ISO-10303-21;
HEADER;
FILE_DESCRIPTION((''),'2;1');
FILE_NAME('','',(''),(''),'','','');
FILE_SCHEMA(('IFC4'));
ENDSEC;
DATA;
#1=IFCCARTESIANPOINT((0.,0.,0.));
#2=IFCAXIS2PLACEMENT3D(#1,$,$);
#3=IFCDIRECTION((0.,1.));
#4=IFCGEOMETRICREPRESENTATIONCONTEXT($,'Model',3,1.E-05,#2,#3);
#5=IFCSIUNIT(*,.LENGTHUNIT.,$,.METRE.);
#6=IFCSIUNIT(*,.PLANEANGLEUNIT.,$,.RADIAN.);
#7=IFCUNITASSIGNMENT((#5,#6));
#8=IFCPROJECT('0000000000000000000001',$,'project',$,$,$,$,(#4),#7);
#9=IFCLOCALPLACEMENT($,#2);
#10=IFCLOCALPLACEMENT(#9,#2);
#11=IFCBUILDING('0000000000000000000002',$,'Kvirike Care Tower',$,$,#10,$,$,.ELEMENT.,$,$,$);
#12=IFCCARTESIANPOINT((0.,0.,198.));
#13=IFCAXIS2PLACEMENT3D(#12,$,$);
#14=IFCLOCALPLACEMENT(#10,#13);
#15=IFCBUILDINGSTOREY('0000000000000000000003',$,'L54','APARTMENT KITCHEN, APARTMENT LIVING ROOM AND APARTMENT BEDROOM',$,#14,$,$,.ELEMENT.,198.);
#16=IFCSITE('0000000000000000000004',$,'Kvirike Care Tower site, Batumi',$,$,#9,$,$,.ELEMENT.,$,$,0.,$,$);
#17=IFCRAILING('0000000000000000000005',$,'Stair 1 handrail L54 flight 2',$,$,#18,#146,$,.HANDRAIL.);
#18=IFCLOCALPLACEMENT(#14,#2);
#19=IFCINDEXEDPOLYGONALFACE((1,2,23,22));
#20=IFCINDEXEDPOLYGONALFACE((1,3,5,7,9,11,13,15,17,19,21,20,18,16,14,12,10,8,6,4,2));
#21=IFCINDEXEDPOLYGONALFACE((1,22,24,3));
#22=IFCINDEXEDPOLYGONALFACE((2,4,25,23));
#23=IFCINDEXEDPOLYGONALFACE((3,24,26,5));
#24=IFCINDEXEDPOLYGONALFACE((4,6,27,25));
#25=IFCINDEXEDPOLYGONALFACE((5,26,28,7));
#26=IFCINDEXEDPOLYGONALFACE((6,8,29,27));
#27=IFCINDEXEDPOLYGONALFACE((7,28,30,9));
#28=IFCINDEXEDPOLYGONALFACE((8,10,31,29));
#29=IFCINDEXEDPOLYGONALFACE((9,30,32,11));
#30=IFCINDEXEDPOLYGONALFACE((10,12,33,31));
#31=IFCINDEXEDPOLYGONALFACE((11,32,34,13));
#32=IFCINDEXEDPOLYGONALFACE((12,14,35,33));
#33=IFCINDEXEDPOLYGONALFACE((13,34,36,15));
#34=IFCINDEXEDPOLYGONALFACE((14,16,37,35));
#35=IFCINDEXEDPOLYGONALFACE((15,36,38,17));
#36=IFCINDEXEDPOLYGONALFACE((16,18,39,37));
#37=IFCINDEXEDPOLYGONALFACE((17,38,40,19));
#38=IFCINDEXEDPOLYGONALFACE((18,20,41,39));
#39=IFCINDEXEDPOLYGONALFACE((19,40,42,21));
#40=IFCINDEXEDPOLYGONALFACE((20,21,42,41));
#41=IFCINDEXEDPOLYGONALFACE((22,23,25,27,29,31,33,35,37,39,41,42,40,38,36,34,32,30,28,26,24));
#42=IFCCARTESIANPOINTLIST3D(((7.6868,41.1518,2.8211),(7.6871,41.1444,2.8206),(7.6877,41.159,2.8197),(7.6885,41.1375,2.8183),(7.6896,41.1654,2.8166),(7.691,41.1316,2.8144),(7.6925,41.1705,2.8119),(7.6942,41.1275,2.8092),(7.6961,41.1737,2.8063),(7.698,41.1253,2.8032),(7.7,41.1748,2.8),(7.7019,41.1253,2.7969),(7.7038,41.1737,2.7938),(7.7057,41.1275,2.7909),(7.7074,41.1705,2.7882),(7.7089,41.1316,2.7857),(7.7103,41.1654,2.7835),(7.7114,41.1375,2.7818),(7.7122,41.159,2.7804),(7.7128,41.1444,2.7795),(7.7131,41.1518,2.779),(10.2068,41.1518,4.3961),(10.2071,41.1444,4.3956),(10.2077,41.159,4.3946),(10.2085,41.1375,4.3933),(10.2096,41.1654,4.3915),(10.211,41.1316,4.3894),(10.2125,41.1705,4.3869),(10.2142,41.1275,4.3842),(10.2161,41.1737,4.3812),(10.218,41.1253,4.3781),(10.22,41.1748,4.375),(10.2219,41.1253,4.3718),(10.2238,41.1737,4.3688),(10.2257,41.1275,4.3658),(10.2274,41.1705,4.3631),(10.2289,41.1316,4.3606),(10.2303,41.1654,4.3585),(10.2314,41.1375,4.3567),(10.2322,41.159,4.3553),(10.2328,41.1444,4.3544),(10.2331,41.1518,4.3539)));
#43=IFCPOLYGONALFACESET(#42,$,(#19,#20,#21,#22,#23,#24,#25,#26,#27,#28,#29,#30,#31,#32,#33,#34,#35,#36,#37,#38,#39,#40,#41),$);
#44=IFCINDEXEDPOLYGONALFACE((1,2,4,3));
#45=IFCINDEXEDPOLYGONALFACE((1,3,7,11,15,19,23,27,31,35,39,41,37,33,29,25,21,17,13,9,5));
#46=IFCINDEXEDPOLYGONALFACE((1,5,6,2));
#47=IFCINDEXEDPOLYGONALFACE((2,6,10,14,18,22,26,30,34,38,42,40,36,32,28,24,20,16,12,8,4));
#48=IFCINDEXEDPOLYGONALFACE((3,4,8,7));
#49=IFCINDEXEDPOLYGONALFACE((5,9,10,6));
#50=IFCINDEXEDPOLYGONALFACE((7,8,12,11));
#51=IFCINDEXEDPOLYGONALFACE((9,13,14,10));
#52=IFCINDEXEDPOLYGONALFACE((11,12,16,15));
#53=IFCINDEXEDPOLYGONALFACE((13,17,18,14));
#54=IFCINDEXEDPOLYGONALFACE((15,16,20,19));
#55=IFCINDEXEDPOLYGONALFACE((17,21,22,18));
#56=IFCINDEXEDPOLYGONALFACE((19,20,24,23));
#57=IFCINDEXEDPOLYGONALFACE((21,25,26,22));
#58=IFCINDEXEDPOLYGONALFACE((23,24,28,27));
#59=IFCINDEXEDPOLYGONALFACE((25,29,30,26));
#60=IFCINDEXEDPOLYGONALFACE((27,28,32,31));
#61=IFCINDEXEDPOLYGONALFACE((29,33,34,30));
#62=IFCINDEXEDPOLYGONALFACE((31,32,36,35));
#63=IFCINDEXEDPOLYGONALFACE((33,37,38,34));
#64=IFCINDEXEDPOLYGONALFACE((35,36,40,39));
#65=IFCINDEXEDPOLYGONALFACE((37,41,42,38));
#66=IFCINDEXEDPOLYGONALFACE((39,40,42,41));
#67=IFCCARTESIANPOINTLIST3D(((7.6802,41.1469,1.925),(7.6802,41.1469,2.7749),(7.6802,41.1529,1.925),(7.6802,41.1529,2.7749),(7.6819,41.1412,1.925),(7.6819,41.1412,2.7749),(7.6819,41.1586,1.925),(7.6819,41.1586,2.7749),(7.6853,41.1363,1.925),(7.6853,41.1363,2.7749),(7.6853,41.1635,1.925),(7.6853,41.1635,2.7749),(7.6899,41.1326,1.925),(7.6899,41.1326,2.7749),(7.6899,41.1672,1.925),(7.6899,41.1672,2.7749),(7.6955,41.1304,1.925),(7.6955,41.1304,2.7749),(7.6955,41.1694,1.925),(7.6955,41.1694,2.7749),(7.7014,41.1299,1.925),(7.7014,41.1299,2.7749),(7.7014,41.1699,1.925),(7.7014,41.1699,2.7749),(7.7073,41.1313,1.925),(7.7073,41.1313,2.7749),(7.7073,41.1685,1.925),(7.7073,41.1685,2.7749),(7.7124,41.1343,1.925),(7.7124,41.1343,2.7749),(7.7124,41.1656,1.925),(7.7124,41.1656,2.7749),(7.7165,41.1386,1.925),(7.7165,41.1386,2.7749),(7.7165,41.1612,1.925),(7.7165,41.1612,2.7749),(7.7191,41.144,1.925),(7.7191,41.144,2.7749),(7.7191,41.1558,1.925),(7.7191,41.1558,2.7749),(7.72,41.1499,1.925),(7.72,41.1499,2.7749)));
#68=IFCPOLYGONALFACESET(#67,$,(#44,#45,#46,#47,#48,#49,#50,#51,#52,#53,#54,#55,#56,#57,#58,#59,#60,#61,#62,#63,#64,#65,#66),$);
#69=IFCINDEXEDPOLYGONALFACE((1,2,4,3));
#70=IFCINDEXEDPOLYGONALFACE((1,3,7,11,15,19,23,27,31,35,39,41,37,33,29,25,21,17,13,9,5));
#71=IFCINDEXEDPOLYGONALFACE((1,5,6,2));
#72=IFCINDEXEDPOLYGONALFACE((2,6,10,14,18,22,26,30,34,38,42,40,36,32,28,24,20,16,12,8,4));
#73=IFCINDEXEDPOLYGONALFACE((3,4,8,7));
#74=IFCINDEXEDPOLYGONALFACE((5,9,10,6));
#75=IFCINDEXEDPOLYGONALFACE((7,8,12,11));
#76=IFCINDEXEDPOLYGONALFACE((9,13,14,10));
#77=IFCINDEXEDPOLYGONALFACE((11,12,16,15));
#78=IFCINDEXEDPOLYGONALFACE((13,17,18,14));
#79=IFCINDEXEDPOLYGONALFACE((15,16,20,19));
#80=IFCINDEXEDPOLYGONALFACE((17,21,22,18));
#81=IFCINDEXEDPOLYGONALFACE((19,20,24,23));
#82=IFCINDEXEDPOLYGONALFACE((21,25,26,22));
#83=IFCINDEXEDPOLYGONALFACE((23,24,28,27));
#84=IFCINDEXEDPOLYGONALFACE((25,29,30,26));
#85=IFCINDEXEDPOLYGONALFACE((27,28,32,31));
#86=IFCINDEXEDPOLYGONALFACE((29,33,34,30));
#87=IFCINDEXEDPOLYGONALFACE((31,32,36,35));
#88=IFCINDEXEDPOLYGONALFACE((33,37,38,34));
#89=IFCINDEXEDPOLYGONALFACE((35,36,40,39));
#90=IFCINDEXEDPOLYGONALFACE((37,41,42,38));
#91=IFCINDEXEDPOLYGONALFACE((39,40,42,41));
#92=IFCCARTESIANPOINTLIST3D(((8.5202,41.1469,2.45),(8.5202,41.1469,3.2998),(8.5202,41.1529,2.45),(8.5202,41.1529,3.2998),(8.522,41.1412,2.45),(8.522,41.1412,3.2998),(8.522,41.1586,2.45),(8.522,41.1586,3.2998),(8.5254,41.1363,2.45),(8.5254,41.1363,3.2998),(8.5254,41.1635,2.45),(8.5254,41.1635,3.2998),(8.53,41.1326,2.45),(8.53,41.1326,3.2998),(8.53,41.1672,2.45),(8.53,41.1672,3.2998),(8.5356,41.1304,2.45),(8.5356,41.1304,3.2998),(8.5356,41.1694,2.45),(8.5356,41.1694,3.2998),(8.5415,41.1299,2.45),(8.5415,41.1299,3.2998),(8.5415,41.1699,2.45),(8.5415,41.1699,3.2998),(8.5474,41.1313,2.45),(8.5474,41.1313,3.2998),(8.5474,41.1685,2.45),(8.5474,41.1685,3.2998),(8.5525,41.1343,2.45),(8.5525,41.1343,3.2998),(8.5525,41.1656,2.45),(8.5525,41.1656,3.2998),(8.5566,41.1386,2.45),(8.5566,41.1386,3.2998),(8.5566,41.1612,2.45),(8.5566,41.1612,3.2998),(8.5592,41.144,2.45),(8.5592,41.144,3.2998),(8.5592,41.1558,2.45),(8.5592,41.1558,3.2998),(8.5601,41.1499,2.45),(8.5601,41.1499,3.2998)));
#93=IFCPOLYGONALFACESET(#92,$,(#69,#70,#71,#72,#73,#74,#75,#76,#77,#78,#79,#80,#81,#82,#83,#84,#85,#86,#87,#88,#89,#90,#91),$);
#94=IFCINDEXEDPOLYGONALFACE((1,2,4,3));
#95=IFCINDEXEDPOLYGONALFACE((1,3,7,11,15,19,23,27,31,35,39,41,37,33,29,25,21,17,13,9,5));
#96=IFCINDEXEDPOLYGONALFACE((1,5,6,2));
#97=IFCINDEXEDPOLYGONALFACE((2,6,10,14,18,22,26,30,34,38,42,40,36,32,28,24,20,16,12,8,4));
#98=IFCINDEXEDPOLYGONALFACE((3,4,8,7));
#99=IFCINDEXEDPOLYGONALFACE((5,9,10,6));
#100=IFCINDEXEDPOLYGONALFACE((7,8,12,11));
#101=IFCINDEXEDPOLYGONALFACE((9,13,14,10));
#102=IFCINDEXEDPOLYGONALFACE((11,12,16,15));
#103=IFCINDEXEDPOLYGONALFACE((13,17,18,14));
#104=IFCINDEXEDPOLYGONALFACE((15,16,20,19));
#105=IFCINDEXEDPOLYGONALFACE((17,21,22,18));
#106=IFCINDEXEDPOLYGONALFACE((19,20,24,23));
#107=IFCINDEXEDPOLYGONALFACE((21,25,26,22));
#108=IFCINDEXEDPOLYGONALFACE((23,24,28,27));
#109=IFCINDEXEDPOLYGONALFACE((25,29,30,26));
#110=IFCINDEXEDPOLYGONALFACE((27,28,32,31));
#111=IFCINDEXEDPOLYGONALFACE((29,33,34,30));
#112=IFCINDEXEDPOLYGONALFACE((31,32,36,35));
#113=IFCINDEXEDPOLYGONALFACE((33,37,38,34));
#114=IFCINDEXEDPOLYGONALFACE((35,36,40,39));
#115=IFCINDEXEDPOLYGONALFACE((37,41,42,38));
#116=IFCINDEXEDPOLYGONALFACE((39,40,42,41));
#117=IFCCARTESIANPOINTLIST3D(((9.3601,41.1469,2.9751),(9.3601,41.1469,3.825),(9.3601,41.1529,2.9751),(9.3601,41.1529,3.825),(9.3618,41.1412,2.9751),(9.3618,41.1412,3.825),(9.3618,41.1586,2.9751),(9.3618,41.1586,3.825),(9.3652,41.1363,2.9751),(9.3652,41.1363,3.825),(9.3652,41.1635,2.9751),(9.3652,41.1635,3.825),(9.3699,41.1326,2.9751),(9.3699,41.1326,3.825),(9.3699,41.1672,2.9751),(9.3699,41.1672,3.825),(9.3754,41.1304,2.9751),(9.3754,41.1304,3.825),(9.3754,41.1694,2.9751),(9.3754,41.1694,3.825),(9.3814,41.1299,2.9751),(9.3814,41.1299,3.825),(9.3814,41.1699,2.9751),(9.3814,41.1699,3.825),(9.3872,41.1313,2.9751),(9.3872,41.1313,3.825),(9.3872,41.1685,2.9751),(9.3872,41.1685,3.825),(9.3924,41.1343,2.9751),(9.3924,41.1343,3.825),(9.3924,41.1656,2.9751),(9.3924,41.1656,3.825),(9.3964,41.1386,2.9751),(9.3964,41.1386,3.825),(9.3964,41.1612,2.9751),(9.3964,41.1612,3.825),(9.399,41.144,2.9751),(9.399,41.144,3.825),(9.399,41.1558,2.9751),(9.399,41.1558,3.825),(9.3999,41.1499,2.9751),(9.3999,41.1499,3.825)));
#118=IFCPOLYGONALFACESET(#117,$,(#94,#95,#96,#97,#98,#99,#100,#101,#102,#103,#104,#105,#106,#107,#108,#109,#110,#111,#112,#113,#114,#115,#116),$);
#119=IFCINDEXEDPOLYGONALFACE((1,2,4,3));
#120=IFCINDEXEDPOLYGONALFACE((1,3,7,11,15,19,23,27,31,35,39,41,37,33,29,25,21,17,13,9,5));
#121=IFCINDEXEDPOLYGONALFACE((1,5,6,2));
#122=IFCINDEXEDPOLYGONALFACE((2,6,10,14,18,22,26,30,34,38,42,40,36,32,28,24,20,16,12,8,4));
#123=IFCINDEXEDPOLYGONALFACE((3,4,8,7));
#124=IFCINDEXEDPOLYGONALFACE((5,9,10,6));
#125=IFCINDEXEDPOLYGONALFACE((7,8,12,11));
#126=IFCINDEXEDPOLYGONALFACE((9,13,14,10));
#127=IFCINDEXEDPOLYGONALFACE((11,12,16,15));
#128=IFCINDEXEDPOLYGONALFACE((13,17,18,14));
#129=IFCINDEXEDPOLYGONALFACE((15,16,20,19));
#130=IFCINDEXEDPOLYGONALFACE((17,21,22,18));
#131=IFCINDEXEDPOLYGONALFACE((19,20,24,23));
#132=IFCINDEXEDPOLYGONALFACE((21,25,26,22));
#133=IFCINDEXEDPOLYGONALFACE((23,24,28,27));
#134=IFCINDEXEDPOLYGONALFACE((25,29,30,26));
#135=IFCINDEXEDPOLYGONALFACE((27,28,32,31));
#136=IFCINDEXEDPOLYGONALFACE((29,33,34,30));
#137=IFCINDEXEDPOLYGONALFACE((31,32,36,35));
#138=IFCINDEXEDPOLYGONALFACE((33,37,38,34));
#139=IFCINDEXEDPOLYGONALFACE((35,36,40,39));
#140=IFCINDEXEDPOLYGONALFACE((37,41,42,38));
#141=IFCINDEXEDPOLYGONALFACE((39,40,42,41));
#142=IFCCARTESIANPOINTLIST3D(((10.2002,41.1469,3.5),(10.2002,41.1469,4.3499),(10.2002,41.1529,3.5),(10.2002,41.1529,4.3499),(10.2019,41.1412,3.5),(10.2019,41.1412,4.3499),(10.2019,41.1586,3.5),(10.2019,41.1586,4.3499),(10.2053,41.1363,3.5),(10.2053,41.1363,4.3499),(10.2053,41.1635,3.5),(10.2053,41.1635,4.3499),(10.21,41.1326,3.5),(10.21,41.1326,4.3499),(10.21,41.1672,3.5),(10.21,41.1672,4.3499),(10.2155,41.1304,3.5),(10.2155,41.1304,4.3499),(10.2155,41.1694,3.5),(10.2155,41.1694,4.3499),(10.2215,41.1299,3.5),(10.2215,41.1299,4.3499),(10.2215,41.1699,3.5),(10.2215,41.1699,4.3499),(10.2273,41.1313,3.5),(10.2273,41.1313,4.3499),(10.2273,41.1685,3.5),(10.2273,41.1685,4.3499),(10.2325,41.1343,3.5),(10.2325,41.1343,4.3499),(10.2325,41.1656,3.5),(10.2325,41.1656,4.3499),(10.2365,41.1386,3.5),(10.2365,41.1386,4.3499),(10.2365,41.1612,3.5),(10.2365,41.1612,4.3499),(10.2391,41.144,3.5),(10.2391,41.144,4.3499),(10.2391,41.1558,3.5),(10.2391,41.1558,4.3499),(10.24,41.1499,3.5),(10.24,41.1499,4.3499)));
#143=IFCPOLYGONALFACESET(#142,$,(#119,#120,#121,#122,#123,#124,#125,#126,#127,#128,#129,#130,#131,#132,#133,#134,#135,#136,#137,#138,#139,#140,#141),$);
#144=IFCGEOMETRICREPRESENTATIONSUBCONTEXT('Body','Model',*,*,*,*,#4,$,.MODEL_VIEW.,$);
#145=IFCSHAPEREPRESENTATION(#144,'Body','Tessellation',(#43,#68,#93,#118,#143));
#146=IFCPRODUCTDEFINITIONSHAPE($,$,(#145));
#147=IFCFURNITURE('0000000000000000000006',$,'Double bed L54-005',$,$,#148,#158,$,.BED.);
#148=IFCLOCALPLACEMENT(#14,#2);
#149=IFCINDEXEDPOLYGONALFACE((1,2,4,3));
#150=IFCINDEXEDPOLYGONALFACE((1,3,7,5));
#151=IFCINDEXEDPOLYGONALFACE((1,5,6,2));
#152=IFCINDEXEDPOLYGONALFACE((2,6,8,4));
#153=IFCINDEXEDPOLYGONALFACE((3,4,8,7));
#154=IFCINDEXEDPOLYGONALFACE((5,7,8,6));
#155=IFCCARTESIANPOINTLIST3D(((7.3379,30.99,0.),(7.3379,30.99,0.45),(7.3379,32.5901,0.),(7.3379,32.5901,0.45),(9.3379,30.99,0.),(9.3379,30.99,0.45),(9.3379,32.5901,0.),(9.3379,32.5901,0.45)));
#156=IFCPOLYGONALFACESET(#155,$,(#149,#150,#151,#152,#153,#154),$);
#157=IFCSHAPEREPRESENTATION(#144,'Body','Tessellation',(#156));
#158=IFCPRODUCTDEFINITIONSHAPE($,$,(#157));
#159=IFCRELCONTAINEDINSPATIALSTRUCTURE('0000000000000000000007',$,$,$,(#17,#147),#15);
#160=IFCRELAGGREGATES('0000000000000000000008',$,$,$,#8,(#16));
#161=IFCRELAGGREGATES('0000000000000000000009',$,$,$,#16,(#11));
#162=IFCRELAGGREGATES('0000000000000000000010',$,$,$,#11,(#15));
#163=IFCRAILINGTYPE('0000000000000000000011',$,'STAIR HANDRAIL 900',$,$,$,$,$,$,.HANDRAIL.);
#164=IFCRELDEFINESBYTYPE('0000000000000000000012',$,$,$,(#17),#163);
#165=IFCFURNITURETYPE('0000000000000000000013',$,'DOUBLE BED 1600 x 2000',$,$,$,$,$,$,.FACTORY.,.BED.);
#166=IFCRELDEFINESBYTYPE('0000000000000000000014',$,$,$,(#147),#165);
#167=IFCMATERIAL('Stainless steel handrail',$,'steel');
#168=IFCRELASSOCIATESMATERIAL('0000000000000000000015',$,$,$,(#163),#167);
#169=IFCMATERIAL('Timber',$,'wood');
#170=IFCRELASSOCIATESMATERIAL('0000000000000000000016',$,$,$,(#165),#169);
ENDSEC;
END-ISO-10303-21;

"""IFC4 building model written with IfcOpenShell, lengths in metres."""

from ifc_helpers import new_model, si_unit, direction, frame, origin, origin_2d, place, context, subcontext, project, spatial, rectangle, circle, extrude, material, type_object, element, save


model = new_model("IFC4")

# Units and contexts
model_context = context("Model", 3, precision=1e-05, world=origin(), true_north=direction((0.0, 1.0)))
body_context = subcontext(model_context, "Body", "Model", "MODEL_VIEW")
ifc_project = project(units=[si_unit("LENGTHUNIT", "METRE"), si_unit("PLANEANGLEUNIT", "RADIAN")], contexts=[model_context])

# Site, building, storey
site_placement = place(None, origin())
site = spatial("IfcSite", under=ifc_project, at=site_placement, Name="Kvirike Care Tower site, Batumi", CompositionType="ELEMENT", RefElevation=0.0)
building_placement = place(site_placement, origin())
building = spatial("IfcBuilding", under=site, at=building_placement, Name="Kvirike Care Tower", CompositionType="ELEMENT")
storey_placement = place(building_placement, frame((0.0, 0.0, 198.0)))
storey = spatial("IfcBuildingStorey", under=building, at=storey_placement, Name="L54", Description="APARTMENT KITCHEN, APARTMENT LIVING ROOM AND APARTMENT BEDROOM", CompositionType="ELEMENT", Elevation=198.0)

# Railing
ifc_material_1 = material(Name="Stainless steel handrail", Category="steel")
railing_type = type_object("IfcRailingType", Name="STAIR HANDRAIL 900", PredefinedType="HANDRAIL", material=ifc_material_1)
railing_1_placement = place(storey_placement, frame((7.7, 41.1499, 1.925)))
element("IfcRailing", 1, at=railing_1_placement, inside=storey, type_object=railing_type, Name="Stair 1 handrail L54 flight 2", PredefinedType="HANDRAIL", context=body_context, shape_type="SweptSolid", body=[
    extrude(circle(Radius=0.0249, at=origin_2d()), frame((0.0, 0.0, 0.875), z_axis=(0.848008, 0.0, 0.529984), x_axis=(0.0, 1.0, 0.0)), (0.0, 0.0, 1.0), 2.9717),
    extrude(circle(Radius=0.02, at=origin_2d()), origin(), (0.0, 0.0, 1.0), 0.8499),
    extrude(circle(Radius=0.02, at=origin_2d()), frame((0.8401, 0.0, 0.5249)), (0.0, 0.0, 1.0), 0.8499),
    extrude(circle(Radius=0.02, at=origin_2d()), frame((1.6799, 0.0, 1.05)), (0.0, 0.0, 1.0), 0.8499),
    extrude(circle(Radius=0.02, at=origin_2d()), frame((2.52, 0.0, 1.575)), (0.0, 0.0, 1.0), 0.8499),
])

# Furniture
ifc_material_2 = material(Name="Timber", Category="wood")
furniture_type = type_object("IfcFurnitureType", Name="DOUBLE BED 1600 x 2000", AssemblyPlace="FACTORY", PredefinedType="BED", material=ifc_material_2)
furniture_placement = place(storey_placement, frame((8.3379, 31.79, 0.0), z_axis=(0.0, 0.0, 1.0), x_axis=(0.0, -1.0, 0.0)))
element("IfcFurniture", 2, at=furniture_placement, inside=storey, type_object=furniture_type, Name="Double bed L54-005", PredefinedType="BED", context=body_context, shape_type="SweptSolid", body=[
    extrude(rectangle(XDim=1.6001, YDim=2.0, at=origin_2d()), origin(), (0.0, 0.0, 1.0), 0.45),
])

save(model, "model.ifc")
